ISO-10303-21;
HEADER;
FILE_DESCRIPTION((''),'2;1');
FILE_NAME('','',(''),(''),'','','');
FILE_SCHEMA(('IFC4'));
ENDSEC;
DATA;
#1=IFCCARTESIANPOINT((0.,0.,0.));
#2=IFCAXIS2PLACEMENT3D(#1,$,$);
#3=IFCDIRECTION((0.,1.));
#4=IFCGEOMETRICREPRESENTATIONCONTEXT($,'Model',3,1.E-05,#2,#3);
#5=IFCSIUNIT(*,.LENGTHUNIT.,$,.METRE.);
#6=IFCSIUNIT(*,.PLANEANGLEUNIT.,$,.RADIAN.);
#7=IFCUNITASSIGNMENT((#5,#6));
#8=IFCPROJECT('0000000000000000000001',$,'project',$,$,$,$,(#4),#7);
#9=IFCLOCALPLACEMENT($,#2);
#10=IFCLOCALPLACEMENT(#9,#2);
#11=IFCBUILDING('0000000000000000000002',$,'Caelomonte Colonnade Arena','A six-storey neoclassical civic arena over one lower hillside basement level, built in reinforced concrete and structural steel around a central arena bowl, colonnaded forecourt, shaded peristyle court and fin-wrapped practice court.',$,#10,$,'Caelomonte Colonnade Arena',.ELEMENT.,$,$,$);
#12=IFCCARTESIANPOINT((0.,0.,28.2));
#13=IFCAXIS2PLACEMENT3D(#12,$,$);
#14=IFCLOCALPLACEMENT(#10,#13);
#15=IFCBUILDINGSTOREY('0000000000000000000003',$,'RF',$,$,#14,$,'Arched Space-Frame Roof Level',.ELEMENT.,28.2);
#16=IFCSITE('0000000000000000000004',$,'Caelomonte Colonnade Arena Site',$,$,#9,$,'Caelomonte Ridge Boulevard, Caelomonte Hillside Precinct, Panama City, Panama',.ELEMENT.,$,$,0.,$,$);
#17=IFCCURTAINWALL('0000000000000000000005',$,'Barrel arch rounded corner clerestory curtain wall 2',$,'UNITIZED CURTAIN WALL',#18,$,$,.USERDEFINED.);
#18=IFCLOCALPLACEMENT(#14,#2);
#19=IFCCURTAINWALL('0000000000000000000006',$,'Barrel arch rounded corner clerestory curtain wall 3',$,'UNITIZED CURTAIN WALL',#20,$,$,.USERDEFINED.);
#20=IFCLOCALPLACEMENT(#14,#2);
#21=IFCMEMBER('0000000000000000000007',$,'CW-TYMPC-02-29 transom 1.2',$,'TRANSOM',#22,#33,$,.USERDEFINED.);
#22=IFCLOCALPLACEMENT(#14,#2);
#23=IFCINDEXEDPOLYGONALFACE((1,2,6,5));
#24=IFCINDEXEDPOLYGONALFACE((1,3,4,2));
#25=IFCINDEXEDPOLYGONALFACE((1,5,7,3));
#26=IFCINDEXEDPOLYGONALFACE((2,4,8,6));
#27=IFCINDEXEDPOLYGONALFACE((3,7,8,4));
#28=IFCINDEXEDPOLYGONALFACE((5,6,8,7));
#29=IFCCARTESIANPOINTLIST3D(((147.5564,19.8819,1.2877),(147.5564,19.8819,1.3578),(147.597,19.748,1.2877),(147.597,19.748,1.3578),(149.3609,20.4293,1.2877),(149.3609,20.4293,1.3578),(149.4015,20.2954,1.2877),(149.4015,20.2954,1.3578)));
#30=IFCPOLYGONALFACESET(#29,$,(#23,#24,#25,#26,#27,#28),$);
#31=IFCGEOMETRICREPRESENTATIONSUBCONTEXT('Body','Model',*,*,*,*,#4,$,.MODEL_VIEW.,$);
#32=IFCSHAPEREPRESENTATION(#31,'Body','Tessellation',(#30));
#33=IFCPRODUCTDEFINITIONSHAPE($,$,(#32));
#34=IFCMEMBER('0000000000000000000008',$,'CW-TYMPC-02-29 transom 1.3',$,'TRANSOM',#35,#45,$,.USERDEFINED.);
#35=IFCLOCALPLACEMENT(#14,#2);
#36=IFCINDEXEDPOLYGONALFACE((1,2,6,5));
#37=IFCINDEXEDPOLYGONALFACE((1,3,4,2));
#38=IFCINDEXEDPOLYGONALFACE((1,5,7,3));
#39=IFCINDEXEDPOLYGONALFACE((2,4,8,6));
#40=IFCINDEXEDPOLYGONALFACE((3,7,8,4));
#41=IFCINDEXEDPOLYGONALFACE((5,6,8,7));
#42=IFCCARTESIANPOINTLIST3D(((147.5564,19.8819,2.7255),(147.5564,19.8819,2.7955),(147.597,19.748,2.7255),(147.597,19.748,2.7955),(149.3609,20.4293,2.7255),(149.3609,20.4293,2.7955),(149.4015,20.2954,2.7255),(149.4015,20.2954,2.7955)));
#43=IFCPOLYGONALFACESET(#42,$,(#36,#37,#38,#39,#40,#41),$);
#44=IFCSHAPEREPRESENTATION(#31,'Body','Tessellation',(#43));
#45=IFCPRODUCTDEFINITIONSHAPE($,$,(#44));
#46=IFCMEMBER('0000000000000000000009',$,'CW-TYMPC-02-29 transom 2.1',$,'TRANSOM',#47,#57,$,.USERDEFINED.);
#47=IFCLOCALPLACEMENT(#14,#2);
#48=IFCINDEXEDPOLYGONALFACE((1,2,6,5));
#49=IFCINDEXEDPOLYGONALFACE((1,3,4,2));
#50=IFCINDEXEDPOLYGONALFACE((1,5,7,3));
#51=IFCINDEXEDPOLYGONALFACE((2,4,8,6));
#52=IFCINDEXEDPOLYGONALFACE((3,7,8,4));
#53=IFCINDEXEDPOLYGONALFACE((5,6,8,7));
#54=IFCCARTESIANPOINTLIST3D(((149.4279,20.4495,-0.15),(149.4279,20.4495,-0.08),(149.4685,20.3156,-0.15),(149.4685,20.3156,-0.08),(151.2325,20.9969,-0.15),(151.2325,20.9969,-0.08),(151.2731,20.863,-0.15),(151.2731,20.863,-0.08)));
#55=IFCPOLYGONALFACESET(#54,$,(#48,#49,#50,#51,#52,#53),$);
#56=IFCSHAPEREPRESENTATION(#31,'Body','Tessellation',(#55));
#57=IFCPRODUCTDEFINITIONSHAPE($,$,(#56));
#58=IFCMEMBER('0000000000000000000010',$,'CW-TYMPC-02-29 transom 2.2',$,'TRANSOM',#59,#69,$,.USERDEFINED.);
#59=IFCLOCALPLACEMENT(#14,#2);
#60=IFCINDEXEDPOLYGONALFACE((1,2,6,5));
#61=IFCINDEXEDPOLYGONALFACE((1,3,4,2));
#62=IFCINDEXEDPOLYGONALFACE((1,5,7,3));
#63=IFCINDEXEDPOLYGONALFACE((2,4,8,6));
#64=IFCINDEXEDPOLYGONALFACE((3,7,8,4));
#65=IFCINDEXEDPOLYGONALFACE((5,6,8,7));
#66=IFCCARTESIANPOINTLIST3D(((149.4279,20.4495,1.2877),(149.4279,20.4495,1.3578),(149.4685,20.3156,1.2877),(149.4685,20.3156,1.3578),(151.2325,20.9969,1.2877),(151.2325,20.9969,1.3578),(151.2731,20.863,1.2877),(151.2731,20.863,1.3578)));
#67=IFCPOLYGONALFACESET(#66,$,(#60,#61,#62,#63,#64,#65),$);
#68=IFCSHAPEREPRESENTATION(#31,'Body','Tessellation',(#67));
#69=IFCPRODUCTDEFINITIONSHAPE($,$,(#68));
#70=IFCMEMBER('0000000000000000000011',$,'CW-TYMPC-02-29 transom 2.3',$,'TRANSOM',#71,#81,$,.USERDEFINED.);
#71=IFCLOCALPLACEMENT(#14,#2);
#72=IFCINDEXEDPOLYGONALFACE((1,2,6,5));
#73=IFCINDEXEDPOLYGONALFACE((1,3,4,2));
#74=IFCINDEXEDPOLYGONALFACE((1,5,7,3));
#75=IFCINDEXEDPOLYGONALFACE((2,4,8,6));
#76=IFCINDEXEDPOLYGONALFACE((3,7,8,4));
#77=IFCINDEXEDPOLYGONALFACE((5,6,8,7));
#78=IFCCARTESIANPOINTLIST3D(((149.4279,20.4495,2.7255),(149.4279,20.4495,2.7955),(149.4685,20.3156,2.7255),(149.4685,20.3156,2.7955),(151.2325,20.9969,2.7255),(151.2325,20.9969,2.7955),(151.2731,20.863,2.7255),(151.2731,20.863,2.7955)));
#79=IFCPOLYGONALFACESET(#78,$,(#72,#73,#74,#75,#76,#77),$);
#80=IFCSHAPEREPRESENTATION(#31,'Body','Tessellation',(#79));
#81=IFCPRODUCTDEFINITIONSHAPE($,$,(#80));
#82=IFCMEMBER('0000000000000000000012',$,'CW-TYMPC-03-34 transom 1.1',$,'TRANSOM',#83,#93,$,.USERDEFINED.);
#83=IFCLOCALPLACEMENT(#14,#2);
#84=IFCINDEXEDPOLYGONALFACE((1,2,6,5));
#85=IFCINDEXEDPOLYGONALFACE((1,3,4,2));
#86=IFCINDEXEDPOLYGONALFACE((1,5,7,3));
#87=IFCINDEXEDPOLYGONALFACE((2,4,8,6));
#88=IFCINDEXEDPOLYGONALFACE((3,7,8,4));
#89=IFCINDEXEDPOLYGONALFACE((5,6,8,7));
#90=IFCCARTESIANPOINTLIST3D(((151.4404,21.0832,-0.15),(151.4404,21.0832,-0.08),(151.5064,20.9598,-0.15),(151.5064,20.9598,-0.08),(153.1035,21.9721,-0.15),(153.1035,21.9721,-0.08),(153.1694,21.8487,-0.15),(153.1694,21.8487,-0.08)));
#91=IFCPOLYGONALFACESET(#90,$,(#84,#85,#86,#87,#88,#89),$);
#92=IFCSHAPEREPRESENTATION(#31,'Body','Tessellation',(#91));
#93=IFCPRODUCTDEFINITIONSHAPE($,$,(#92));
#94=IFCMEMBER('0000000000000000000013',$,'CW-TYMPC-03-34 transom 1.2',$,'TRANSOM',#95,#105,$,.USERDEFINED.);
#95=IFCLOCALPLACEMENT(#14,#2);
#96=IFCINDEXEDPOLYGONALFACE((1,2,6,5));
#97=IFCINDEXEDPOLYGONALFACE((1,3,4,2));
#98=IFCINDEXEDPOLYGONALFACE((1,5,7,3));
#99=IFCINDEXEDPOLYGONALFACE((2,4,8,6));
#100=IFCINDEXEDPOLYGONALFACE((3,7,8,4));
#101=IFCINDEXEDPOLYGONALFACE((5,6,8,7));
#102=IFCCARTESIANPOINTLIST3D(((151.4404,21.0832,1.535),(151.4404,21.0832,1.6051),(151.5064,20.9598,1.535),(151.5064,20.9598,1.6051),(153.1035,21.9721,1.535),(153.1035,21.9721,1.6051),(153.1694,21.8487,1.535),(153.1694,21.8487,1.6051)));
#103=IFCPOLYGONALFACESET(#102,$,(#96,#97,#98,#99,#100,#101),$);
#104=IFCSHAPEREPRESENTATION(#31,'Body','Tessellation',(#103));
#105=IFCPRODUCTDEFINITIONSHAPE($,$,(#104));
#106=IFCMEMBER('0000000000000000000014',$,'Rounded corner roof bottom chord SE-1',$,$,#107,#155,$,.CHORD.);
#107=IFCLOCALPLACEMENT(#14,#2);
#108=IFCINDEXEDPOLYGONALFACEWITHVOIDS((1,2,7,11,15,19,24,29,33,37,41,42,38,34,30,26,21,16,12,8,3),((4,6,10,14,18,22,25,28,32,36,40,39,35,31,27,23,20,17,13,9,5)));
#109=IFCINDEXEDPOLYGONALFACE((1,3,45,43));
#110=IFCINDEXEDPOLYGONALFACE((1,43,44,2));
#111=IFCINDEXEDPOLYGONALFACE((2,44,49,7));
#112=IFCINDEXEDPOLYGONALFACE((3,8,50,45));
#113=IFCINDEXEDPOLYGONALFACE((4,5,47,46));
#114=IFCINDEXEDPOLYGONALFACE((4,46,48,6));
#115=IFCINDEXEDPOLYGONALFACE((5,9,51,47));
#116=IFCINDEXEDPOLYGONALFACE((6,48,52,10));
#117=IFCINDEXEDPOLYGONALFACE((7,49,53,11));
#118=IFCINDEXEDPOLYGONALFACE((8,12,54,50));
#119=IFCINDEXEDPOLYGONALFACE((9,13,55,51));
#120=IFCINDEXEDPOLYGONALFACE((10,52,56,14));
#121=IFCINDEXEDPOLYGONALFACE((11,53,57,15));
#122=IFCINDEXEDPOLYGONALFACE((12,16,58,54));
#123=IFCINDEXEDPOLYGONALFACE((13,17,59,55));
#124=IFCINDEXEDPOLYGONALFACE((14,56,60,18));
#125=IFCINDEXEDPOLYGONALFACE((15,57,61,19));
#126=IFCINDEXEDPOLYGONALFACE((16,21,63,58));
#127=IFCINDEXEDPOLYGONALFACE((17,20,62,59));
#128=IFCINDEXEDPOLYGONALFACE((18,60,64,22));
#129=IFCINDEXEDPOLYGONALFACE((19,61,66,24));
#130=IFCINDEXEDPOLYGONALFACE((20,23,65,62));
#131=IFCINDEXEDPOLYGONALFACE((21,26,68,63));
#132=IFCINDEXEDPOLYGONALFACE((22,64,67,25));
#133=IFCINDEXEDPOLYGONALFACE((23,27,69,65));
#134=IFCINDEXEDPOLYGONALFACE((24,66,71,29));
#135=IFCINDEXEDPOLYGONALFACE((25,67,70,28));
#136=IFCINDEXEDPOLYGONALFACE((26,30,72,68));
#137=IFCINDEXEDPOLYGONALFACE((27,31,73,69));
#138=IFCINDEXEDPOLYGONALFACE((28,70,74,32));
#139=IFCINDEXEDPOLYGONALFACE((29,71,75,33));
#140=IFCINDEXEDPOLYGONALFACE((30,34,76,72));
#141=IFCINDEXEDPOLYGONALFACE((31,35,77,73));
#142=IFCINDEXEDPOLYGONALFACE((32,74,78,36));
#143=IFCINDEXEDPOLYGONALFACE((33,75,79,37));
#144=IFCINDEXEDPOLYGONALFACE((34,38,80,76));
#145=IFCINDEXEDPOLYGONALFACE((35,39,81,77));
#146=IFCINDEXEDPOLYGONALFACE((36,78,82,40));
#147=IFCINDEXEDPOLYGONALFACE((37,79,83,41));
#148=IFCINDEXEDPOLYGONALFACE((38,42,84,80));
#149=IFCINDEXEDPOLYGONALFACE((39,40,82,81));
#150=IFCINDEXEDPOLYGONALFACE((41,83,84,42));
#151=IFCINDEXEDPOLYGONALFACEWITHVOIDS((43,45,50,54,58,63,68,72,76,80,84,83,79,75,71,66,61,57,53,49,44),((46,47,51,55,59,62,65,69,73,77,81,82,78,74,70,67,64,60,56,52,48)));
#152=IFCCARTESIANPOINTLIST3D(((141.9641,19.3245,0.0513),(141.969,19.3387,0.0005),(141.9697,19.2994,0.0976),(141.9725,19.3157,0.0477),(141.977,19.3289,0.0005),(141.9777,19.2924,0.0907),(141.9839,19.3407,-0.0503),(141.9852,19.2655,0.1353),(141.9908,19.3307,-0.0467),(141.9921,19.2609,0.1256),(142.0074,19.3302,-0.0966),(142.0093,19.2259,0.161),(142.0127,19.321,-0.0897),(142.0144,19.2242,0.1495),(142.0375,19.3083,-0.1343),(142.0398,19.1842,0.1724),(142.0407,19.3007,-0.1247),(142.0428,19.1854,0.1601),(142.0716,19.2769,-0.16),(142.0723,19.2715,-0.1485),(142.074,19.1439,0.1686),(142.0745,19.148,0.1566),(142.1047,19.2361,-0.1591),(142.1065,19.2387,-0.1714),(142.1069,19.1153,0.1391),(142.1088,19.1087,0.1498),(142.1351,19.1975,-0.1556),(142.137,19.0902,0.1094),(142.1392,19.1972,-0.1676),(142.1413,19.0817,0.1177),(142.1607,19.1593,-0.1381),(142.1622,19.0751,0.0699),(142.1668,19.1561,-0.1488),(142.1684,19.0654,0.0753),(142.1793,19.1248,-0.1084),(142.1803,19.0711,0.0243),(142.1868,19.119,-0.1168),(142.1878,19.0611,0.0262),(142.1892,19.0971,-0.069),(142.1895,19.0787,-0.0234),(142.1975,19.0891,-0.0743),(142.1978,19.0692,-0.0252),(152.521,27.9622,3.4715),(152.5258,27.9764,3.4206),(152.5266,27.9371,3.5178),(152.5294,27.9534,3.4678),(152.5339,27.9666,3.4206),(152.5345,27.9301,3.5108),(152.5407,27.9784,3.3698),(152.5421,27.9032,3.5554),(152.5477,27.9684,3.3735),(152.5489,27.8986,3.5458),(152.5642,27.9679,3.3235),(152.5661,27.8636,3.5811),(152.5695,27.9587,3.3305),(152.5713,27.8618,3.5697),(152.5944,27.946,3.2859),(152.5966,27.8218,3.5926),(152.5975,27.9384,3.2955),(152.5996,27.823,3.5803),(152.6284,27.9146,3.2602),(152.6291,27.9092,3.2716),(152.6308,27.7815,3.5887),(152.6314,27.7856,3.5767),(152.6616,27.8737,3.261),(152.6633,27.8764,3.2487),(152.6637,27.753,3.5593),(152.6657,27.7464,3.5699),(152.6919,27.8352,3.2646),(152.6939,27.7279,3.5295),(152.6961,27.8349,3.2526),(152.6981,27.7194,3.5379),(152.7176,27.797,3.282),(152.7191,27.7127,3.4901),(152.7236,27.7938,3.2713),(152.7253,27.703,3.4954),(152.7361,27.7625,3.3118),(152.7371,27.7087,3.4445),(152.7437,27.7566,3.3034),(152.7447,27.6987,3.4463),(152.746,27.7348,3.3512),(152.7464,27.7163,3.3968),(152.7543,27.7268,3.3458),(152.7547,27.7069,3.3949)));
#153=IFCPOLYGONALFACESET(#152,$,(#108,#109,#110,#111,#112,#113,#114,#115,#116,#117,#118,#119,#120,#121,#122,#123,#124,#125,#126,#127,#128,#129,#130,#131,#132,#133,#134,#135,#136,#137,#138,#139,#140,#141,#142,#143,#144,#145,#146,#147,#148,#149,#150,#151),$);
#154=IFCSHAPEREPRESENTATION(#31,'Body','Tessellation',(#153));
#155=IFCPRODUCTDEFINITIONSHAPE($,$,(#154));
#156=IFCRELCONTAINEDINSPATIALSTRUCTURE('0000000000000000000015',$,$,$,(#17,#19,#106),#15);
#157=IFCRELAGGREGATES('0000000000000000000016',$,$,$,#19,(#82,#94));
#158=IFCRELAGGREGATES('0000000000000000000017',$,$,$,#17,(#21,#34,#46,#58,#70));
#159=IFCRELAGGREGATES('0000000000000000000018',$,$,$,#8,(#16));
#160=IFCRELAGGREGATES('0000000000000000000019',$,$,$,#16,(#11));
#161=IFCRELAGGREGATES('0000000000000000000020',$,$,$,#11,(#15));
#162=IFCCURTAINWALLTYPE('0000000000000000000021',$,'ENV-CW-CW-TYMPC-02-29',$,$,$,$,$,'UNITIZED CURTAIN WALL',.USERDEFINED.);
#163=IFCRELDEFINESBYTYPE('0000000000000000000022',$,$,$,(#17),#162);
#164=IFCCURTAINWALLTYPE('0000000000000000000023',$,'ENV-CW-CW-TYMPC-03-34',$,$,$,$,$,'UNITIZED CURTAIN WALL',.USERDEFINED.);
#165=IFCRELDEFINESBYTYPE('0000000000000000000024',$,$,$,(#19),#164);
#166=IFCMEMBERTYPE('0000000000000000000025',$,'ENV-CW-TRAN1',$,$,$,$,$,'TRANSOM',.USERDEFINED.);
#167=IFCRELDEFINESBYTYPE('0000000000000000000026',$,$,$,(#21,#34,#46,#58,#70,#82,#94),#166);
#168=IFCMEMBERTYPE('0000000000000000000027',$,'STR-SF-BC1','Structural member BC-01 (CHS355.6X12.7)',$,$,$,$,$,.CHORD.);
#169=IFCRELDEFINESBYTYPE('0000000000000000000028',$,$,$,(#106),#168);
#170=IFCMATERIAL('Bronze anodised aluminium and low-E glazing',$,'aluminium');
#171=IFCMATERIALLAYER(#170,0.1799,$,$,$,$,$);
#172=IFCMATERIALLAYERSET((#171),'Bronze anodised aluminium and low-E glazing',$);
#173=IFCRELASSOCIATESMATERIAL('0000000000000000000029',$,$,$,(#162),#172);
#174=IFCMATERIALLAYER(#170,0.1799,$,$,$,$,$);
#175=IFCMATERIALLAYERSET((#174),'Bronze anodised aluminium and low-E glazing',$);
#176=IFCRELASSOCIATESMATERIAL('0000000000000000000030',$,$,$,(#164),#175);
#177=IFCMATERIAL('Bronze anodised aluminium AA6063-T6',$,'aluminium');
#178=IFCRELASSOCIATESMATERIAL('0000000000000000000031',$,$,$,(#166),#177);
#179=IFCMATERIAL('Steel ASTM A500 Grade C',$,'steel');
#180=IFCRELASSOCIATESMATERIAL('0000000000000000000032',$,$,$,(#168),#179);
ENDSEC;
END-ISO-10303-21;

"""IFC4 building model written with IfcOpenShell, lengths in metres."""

from ifc_helpers import new_model, si_unit, direction, frame, origin, origin_2d, place, context, subcontext, project, spatial, rectangle, hollow_circle, extrude, material, layer, layer_set, material_profile, profile_set, type_object, element, aggregate, save


model = new_model("IFC4")

# Units and contexts
model_context = context("Model", 3, precision=1e-05, world=origin(), true_north=direction((0.0, 1.0)))
body_context = subcontext(model_context, "Body", "Model", "MODEL_VIEW")
ifc_project = project(units=[si_unit("LENGTHUNIT", "METRE"), si_unit("PLANEANGLEUNIT", "RADIAN")], contexts=[model_context])

# Site, building, storey
site_placement = place(None, origin())
site = spatial("IfcSite", under=ifc_project, at=site_placement, Name="Caelomonte Colonnade Arena Site", LongName="Caelomonte Ridge Boulevard, Caelomonte Hillside Precinct, Panama City, Panama", CompositionType="ELEMENT", RefElevation=0.0)
building_placement = place(site_placement, origin())
building = spatial("IfcBuilding", under=site, at=building_placement, Name="Caelomonte Colonnade Arena", Description="A six-storey neoclassical civic arena over one lower hillside basement level, built in reinforced concrete and structural steel around a central arena bowl, colonnaded forecourt, shaded peristyle court and fin-wrapped practice court.", LongName="Caelomonte Colonnade Arena", CompositionType="ELEMENT")
storey_placement = place(building_placement, frame((0.0, 0.0, 28.2)))
storey = spatial("IfcBuildingStorey", under=building, at=storey_placement, Name="RF", LongName="Arched Space-Frame Roof Level", CompositionType="ELEMENT", Elevation=28.2)

# Curtain wall
ifc_material_1 = material(Name="Bronze anodised aluminium and low-E glazing", Category="aluminium")
ifc_material_2 = material(Name="Bronze anodised aluminium AA6063-T6", Category="aluminium")
ifc_layer_1 = layer(ifc_material_1, 0.1799)
ifc_layer_set_1 = layer_set([ifc_layer_1], Name="Bronze anodised aluminium and low-E glazing")
curtain_wall_type_1 = type_object("IfcCurtainWallType", Name="ENV-CW-CW-TYMPC-02-29", ElementType="UNITIZED CURTAIN WALL", PredefinedType="USERDEFINED", material=ifc_layer_set_1)
curtain_wall_1_placement = place(storey_placement, origin())
curtain_wall_1 = element("IfcCurtainWall", 1, at=curtain_wall_1_placement, inside=storey, type_object=curtain_wall_type_1, Name="Barrel arch rounded corner clerestory curtain wall 2", ObjectType="UNITIZED CURTAIN WALL", PredefinedType="USERDEFINED")

# Curtain wall
ifc_layer_2 = layer(ifc_material_1, 0.1799)
ifc_layer_set_2 = layer_set([ifc_layer_2], Name="Bronze anodised aluminium and low-E glazing")
curtain_wall_type_2 = type_object("IfcCurtainWallType", Name="ENV-CW-CW-TYMPC-03-34", ElementType="UNITIZED CURTAIN WALL", PredefinedType="USERDEFINED", material=ifc_layer_set_2)
curtain_wall_2_placement = place(storey_placement, origin())
curtain_wall_2 = element("IfcCurtainWall", 2, at=curtain_wall_2_placement, inside=storey, type_object=curtain_wall_type_2, Name="Barrel arch rounded corner clerestory curtain wall 3", ObjectType="UNITIZED CURTAIN WALL", PredefinedType="USERDEFINED")

# Members
ifc_material_profile_1 = material_profile(ifc_material_2, rectangle(XDim=0.0701, YDim=0.1399, at=origin_2d()), Name="CWT-70X140")
ifc_profile_set_1 = profile_set([ifc_material_profile_1], Name="Bronze anodised aluminium AA6063-T6")
member_type_1 = type_object("IfcMemberType", Name="ENV-CW-TRAN1", ElementType="TRANSOM", PredefinedType="USERDEFINED", material=ifc_profile_set_1)
member_1_placement = place(storey_placement, frame((147.5767, 19.8149, 1.3228), z_axis=(0.956942, 0.29028, 0.0), x_axis=(0.0, 0.0, 1.0)))
member_1 = element("IfcMember", 3, at=member_1_placement, type_object=member_type_1, Name="CW-TYMPC-02-29 transom 1.2", ObjectType="TRANSOM", PredefinedType="USERDEFINED", context=body_context, shape_type="SweptSolid", body=[
    extrude(rectangle(XDim=0.0701, YDim=0.1399, at=origin_2d()), origin(), (0.0, 0.0, 1.0), 1.8857),
])
member_2_placement = place(storey_placement, frame((147.5767, 19.8149, 2.7605), z_axis=(0.956942, 0.29028, 0.0), x_axis=(0.0, 0.0, 1.0)))
member_2 = element("IfcMember", 4, at=member_2_placement, type_object=member_type_1, Name="CW-TYMPC-02-29 transom 1.3", ObjectType="TRANSOM", PredefinedType="USERDEFINED", context=body_context, shape_type="SweptSolid", body=[
    extrude(rectangle(XDim=0.0701, YDim=0.1399, at=origin_2d()), origin(), (0.0, 0.0, 1.0), 1.8857),
])
member_3_placement = place(storey_placement, frame((149.4482, 20.3826, -0.115), z_axis=(0.956942, 0.29028, 0.0), x_axis=(0.0, 0.0, 1.0)))
member_3 = element("IfcMember", 5, at=member_3_placement, type_object=member_type_1, Name="CW-TYMPC-02-29 transom 2.1", ObjectType="TRANSOM", PredefinedType="USERDEFINED", context=body_context, shape_type="SweptSolid", body=[
    extrude(rectangle(XDim=0.0701, YDim=0.1399, at=origin_2d()), origin(), (0.0, 0.0, 1.0), 1.8857),
])
member_4_placement = place(storey_placement, frame((149.4482, 20.3826, 1.3228), z_axis=(0.956942, 0.29028, 0.0), x_axis=(0.0, 0.0, 1.0)))
member_4 = element("IfcMember", 6, at=member_4_placement, type_object=member_type_1, Name="CW-TYMPC-02-29 transom 2.2", ObjectType="TRANSOM", PredefinedType="USERDEFINED", context=body_context, shape_type="SweptSolid", body=[
    extrude(rectangle(XDim=0.0701, YDim=0.1399, at=origin_2d()), origin(), (0.0, 0.0, 1.0), 1.8857),
])
member_5_placement = place(storey_placement, frame((149.4482, 20.3826, 2.7605), z_axis=(0.956942, 0.29028, 0.0), x_axis=(0.0, 0.0, 1.0)))
member_5 = element("IfcMember", 7, at=member_5_placement, type_object=member_type_1, Name="CW-TYMPC-02-29 transom 2.3", ObjectType="TRANSOM", PredefinedType="USERDEFINED", context=body_context, shape_type="SweptSolid", body=[
    extrude(rectangle(XDim=0.0701, YDim=0.1399, at=origin_2d()), origin(), (0.0, 0.0, 1.0), 1.8857),
])
member_6_placement = place(storey_placement, frame((151.4734, 21.0215, -0.115), z_axis=(0.881926, 0.471388, 0.0), x_axis=(0.0, 0.0, 1.0)))
member_6 = element("IfcMember", 8, at=member_6_placement, type_object=member_type_1, Name="CW-TYMPC-03-34 transom 1.1", ObjectType="TRANSOM", PredefinedType="USERDEFINED", context=body_context, shape_type="SweptSolid", body=[
    extrude(rectangle(XDim=0.0701, YDim=0.1399, at=origin_2d()), origin(), (0.0, 0.0, 1.0), 1.8857),
])
member_7_placement = place(storey_placement, frame((151.4734, 21.0215, 1.5701), z_axis=(0.881926, 0.471388, 0.0), x_axis=(0.0, 0.0, 1.0)))
member_7 = element("IfcMember", 9, at=member_7_placement, type_object=member_type_1, Name="CW-TYMPC-03-34 transom 1.2", ObjectType="TRANSOM", PredefinedType="USERDEFINED", context=body_context, shape_type="SweptSolid", body=[
    extrude(rectangle(XDim=0.0701, YDim=0.1399, at=origin_2d()), origin(), (0.0, 0.0, 1.0), 1.8857),
])
aggregate(curtain_wall_2, [member_6, member_7])

# Member
ifc_material_3 = material(Name="Steel ASTM A500 Grade C", Category="steel")
ifc_material_profile_2 = material_profile(ifc_material_3, hollow_circle(Radius=0.1777, WallThickness=0.0127, at=origin_2d()), Name="CHS355.6X12.7")
ifc_profile_set_2 = profile_set([ifc_material_profile_2], Name="Steel ASTM A500 Grade C")
member_type_2 = type_object("IfcMemberType", Name="STR-SF-BC1", Description="Structural member BC-01 (CHS355.6X12.7)", PredefinedType="CHORD", material=ifc_profile_set_2)
member_8_placement = place(storey_placement, frame((142.0815, 19.2012, 0.0005), z_axis=(0.750709, 0.614234, 0.243211), x_axis=(-0.633249, 0.773949, 0.0)))
element("IfcMember", 10, at=member_8_placement, inside=storey, type_object=member_type_2, Name="Rounded corner roof bottom chord SE-1", PredefinedType="CHORD", context=body_context, shape_type="SweptSolid", body=[
    extrude(hollow_circle(Radius=0.1777, WallThickness=0.0127, at=origin_2d()), origin(), (0.0, 0.0, 1.0), 14.0625),
])

aggregate(curtain_wall_1, [member_1, member_2, member_3, member_4, member_5])

save(model, "model.ifc")
